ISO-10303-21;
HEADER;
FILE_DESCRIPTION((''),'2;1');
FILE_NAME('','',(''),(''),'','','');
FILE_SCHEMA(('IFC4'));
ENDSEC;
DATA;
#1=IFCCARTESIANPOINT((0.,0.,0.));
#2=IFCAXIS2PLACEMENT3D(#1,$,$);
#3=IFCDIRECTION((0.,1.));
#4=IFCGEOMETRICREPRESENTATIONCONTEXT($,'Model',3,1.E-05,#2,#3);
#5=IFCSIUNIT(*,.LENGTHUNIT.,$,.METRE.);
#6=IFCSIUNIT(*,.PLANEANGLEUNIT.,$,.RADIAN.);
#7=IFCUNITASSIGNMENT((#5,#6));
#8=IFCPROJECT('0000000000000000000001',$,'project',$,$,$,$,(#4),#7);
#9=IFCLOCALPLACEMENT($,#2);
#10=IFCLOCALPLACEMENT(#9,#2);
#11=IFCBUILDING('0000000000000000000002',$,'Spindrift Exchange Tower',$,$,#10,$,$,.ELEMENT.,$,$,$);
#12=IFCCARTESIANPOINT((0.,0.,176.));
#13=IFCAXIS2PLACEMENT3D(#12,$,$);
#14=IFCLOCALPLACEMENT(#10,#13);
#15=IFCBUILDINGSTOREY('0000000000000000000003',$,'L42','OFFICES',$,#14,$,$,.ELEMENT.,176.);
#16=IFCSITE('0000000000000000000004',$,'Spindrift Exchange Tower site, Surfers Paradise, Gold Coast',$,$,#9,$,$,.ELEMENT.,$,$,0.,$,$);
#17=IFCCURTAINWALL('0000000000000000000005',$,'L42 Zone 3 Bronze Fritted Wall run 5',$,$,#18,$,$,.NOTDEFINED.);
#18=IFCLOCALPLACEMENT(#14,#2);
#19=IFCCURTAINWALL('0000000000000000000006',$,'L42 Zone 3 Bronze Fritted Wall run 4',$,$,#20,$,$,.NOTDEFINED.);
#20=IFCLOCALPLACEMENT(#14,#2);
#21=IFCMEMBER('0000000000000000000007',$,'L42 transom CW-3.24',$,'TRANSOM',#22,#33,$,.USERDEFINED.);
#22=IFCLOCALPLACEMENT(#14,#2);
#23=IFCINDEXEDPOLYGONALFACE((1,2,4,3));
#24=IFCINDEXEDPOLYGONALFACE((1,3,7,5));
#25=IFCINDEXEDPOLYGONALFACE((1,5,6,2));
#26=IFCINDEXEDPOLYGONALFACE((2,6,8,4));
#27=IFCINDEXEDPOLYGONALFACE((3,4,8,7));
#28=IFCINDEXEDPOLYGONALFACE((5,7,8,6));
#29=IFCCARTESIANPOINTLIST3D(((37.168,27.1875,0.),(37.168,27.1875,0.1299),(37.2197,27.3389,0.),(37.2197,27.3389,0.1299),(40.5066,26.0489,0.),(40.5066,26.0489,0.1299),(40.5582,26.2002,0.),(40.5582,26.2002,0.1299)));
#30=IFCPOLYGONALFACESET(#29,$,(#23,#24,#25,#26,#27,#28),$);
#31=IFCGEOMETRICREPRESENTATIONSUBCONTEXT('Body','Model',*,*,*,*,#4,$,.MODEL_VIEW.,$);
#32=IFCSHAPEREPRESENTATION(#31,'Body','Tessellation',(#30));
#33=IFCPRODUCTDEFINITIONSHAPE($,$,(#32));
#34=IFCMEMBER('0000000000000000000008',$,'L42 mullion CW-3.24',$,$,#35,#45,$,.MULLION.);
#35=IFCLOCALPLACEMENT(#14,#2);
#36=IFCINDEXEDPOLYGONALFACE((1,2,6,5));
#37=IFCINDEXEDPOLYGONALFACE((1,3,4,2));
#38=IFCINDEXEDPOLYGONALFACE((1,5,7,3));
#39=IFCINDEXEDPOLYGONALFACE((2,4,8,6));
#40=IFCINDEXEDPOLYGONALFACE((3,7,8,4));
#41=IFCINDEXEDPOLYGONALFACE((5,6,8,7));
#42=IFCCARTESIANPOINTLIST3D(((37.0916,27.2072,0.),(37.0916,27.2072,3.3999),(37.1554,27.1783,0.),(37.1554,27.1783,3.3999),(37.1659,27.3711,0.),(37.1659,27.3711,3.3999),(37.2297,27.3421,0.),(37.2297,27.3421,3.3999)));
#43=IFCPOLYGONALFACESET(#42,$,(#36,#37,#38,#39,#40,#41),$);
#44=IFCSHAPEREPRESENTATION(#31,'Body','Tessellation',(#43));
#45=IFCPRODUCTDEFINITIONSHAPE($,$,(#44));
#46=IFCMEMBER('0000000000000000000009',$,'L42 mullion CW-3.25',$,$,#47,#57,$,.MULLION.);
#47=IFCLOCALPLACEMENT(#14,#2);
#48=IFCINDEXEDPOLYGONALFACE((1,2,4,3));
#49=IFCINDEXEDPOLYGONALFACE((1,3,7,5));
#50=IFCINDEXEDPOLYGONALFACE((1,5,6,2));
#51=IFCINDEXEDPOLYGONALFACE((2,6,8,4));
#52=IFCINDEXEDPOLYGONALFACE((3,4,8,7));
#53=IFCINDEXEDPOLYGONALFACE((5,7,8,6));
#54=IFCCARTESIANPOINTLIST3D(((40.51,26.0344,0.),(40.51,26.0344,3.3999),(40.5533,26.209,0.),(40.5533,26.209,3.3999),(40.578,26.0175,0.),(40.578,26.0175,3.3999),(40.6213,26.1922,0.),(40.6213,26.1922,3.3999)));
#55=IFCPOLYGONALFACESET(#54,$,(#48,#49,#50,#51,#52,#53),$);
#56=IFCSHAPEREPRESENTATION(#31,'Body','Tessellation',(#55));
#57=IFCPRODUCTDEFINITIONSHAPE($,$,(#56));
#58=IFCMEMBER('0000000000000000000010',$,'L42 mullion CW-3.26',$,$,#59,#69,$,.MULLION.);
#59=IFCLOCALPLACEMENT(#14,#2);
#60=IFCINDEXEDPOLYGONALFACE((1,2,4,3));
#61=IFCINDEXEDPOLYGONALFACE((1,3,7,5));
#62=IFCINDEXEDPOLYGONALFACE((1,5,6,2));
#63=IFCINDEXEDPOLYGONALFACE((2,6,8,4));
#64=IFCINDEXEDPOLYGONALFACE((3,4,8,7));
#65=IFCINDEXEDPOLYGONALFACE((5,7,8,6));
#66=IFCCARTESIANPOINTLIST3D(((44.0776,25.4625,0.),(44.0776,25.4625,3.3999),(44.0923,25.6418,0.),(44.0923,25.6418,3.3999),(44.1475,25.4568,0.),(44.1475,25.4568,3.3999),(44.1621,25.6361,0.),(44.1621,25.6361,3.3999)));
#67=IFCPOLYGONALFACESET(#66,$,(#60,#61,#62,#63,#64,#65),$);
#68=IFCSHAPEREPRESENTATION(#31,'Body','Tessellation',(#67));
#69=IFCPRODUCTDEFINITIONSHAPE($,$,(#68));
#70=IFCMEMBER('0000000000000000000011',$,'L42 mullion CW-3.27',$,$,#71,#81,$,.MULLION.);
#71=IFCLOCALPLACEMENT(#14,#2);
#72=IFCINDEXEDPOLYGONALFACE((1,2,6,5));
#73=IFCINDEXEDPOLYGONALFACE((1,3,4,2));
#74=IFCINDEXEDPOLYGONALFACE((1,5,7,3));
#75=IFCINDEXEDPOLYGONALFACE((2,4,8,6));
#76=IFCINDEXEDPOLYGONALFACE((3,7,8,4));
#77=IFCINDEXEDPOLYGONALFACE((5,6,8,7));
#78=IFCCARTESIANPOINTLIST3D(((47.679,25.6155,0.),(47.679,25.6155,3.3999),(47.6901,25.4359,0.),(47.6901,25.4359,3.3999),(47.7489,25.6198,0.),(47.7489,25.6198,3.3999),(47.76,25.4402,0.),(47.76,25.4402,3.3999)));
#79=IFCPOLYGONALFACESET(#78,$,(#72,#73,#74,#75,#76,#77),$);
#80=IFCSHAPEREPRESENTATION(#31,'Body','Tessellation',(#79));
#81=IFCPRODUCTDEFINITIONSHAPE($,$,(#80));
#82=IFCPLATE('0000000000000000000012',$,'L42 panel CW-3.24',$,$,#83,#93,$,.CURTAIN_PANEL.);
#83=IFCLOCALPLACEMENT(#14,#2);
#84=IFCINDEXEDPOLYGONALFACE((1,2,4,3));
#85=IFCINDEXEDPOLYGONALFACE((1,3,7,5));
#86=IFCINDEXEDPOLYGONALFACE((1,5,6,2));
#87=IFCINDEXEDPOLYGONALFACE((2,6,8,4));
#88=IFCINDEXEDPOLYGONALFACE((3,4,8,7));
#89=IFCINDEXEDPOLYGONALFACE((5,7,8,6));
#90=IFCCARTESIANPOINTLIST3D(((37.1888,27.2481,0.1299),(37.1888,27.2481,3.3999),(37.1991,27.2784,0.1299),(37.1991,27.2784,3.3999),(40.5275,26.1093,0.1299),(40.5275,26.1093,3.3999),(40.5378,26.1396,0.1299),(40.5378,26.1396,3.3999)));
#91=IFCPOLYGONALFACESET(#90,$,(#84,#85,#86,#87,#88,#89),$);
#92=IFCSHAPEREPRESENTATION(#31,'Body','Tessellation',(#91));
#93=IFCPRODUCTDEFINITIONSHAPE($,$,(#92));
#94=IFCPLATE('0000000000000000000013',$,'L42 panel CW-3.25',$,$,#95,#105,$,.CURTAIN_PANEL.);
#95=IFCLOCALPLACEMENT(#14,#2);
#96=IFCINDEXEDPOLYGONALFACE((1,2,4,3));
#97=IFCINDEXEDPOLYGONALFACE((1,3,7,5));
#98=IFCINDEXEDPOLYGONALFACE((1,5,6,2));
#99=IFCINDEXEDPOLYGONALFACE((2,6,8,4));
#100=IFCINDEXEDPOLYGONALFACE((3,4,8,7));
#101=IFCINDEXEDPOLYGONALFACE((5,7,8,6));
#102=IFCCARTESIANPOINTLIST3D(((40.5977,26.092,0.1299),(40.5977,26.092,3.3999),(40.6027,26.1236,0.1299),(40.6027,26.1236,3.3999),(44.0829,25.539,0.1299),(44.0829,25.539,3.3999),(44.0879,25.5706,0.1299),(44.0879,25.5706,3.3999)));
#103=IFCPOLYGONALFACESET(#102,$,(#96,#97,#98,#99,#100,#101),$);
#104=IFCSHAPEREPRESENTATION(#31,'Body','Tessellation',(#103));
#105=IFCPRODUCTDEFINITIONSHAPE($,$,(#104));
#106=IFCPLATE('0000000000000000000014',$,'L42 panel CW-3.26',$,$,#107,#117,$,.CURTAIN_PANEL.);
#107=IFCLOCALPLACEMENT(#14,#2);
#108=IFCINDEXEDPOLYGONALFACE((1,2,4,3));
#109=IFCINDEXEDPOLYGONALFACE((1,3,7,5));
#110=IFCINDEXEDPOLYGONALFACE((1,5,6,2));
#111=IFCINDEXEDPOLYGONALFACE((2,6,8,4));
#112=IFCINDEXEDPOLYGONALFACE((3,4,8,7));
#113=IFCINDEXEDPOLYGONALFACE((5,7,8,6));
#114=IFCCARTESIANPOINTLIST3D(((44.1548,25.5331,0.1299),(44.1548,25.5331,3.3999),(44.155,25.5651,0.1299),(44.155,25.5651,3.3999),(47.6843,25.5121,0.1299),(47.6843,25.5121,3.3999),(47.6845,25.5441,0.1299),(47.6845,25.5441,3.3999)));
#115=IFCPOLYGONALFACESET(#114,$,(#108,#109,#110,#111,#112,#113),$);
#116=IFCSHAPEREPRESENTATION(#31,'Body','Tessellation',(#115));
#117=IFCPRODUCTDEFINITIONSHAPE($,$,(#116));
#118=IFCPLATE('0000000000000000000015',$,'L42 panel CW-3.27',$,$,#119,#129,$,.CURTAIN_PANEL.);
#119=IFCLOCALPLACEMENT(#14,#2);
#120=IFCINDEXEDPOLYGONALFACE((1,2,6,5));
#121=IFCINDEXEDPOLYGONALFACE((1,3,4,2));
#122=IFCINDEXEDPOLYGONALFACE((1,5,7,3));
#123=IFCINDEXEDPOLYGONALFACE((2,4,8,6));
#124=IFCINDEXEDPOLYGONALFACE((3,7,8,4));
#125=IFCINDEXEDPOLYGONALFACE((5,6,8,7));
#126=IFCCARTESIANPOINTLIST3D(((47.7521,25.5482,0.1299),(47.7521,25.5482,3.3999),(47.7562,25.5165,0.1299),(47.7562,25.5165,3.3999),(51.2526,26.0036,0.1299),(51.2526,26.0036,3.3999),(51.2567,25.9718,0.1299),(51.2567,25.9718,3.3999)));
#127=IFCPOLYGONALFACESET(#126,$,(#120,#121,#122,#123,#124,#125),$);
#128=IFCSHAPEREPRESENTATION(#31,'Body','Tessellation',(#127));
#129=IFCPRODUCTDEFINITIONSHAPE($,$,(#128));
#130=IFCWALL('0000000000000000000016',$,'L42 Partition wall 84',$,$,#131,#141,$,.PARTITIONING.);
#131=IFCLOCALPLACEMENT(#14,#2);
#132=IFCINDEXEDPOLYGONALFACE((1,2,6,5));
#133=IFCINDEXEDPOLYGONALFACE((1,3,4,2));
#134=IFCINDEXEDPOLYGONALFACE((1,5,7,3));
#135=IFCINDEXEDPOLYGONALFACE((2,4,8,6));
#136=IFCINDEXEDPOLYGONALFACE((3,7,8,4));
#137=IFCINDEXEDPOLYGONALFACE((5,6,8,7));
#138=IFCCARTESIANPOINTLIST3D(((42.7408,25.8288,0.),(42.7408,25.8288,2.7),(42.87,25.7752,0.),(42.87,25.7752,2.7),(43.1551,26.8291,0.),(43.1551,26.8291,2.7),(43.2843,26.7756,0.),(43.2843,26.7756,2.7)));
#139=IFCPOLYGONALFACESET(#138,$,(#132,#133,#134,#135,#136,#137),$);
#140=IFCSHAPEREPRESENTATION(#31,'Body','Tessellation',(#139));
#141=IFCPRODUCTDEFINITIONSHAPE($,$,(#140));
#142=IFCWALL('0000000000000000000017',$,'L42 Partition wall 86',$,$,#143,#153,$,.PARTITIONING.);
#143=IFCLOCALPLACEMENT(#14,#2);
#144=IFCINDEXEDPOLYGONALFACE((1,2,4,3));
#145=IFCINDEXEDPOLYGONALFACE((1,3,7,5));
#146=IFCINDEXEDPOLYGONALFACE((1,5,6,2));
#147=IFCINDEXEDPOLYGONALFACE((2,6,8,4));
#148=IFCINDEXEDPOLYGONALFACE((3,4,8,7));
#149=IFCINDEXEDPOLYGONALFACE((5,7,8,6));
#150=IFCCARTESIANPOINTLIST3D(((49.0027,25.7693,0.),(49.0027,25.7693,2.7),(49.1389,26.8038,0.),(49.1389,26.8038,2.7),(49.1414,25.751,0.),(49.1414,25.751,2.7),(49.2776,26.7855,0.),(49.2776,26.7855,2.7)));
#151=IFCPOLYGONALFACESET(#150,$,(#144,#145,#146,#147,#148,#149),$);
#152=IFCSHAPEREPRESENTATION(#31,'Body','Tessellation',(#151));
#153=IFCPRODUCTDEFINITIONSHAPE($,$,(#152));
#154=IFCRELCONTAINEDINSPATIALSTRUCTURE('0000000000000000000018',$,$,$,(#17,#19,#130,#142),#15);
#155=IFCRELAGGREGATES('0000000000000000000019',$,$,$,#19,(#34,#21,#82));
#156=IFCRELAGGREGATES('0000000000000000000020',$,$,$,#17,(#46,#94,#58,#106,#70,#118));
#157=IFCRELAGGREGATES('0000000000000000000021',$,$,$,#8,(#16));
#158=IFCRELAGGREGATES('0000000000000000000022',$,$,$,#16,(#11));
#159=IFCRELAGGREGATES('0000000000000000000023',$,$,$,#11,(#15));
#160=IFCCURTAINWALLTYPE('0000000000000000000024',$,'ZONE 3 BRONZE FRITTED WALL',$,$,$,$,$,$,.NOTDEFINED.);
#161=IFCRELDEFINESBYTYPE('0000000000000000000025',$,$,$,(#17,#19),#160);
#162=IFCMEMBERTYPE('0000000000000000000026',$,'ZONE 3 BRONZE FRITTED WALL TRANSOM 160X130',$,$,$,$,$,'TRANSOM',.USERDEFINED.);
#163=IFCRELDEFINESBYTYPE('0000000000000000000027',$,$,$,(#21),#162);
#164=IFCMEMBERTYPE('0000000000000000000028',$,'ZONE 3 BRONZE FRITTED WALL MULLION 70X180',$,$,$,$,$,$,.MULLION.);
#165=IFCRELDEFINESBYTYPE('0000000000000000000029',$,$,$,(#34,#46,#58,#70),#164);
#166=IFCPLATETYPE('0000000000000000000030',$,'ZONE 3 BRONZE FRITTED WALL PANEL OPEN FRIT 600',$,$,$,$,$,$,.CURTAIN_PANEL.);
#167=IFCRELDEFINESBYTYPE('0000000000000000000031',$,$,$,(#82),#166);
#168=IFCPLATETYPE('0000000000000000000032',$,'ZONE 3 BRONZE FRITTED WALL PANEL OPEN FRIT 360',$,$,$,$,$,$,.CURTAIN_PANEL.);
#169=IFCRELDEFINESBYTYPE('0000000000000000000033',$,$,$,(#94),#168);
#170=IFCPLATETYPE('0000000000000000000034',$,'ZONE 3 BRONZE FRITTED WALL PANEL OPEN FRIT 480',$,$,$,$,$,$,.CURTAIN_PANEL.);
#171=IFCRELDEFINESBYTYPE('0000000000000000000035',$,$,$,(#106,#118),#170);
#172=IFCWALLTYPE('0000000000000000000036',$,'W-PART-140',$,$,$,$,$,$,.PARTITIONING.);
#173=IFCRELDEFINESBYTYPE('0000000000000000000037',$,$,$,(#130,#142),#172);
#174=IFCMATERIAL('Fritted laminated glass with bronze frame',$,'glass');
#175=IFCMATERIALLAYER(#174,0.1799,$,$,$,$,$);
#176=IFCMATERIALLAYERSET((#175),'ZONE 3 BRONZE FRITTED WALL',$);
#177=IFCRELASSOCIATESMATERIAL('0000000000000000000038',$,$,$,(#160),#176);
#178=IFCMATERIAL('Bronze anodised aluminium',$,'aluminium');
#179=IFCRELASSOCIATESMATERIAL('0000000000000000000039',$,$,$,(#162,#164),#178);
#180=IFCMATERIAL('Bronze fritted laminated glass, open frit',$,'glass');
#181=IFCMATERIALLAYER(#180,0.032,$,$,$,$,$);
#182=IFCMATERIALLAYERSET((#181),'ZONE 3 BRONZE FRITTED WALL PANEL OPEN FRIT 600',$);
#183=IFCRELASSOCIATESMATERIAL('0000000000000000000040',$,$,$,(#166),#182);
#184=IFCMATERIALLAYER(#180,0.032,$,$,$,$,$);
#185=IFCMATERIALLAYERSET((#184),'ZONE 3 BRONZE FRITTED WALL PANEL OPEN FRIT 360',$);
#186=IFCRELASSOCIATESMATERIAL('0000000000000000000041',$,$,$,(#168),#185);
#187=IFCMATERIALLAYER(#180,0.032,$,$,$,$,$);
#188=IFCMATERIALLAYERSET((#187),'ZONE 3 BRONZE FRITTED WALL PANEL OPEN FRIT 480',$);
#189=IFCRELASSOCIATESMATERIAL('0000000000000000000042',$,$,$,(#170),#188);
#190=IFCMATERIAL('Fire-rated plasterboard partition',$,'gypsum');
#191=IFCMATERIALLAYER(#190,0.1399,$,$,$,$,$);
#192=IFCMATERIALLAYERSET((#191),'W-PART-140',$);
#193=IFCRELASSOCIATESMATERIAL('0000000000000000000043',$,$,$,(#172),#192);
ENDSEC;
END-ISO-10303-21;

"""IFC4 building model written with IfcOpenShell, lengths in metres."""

from ifc_helpers import new_model, si_unit, direction, frame, frame_2d, origin, origin_2d, place, context, subcontext, project, spatial, rectangle, extrude, source, transform, mapped, material, layer, layer_set, material_profile, profile_set, type_object, element, aggregate, save


model = new_model("IFC4")

# Units and contexts
model_context = context("Model", 3, precision=1e-05, world=origin(), true_north=direction((0.0, 1.0)))
body_context = subcontext(model_context, "Body", "Model", "MODEL_VIEW")
ifc_project = project(units=[si_unit("LENGTHUNIT", "METRE"), si_unit("PLANEANGLEUNIT", "RADIAN")], contexts=[model_context])

# Site, building, storey
site_placement = place(None, origin())
site = spatial("IfcSite", under=ifc_project, at=site_placement, Name="Spindrift Exchange Tower site, Surfers Paradise, Gold Coast", CompositionType="ELEMENT", RefElevation=0.0)
building_placement = place(site_placement, origin())
building = spatial("IfcBuilding", under=site, at=building_placement, Name="Spindrift Exchange Tower", CompositionType="ELEMENT")
storey_placement = place(building_placement, frame((0.0, 0.0, 176.0)))
storey = spatial("IfcBuildingStorey", under=building, at=storey_placement, Name="L42", Description="OFFICES", CompositionType="ELEMENT", Elevation=176.0)

# Curtain walls, members
ifc_material_1 = material(Name="Fritted laminated glass with bronze frame", Category="glass")
ifc_layer_1 = layer(ifc_material_1, 0.1799)
ifc_layer_set_1 = layer_set([ifc_layer_1], Name="ZONE 3 BRONZE FRITTED WALL")
curtain_wall_type = type_object("IfcCurtainWallType", Name="ZONE 3 BRONZE FRITTED WALL", PredefinedType="NOTDEFINED", material=ifc_layer_set_1)
curtain_wall_1_placement = place(storey_placement, origin())
curtain_wall_1 = element("IfcCurtainWall", 1, at=curtain_wall_1_placement, inside=storey, type_object=curtain_wall_type, Name="L42 Zone 3 Bronze Fritted Wall run 5", PredefinedType="NOTDEFINED")
ifc_material_2 = material(Name="Bronze anodised aluminium", Category="aluminium")
ifc_material_profile_1 = material_profile(ifc_material_2, rectangle(XDim=0.1599, YDim=0.1299, at=origin_2d()), Name="ZONE 3 BRONZE FRITTED WALL TRANSOM 160X130")
ifc_profile_set_1 = profile_set([ifc_material_profile_1], Name="Bronze anodised aluminium")
member_type_1 = type_object("IfcMemberType", Name="ZONE 3 BRONZE FRITTED WALL TRANSOM 160X130", ElementType="TRANSOM", PredefinedType="USERDEFINED", material=ifc_profile_set_1)
curtain_wall_2_placement = place(storey_placement, origin())
curtain_wall_2 = element("IfcCurtainWall", 2, at=curtain_wall_2_placement, inside=storey, type_object=curtain_wall_type, Name="L42 Zone 3 Bronze Fritted Wall run 4", PredefinedType="NOTDEFINED")
shared_shape_1 = source(origin(), body_context, "Body", "SweptSolid", [
    extrude(rectangle(XDim=0.1599, YDim=0.1299, at=origin_2d()), origin(), (0.0, 0.0, 1.0), 3.5273),
])
member_1_placement = place(storey_placement, frame((37.1938, 27.2632, 0.0649), z_axis=(0.946466, -0.322802, 0.0), x_axis=(0.322802, 0.946466, 0.0)))
member_1 = element("IfcMember", 3, at=member_1_placement, type_object=member_type_1, Name="L42 transom CW-3.24", ObjectType="TRANSOM", PredefinedType="USERDEFINED", context=body_context, shape_type="MappedRepresentation", body=[
    mapped(shared_shape_1, transform((0.0, 0.0, 0.0), scale=1.0)),
])
ifc_material_profile_2 = material_profile(ifc_material_2, rectangle(XDim=0.0701, YDim=0.1799, at=origin_2d()), Name="ZONE 3 BRONZE FRITTED WALL MULLION 70X180")
ifc_profile_set_2 = profile_set([ifc_material_profile_2], Name="Bronze anodised aluminium")
member_type_2 = type_object("IfcMemberType", Name="ZONE 3 BRONZE FRITTED WALL MULLION 70X180", PredefinedType="MULLION", material=ifc_profile_set_2)
shared_shape_2 = source(origin(), body_context, "Body", "SweptSolid", [
    extrude(rectangle(XDim=0.0701, YDim=0.1799, at=origin_2d()), origin(), (0.0, 0.0, 1.0), 3.3999),
])
member_2_placement = place(storey_placement, frame((37.1606, 27.2747, 0.0), z_axis=(0.0, 0.0, 1.0), x_axis=(0.910847, -0.412743, 0.0)))
member_2 = element("IfcMember", 4, at=member_2_placement, type_object=member_type_2, Name="L42 mullion CW-3.24", PredefinedType="MULLION", context=body_context, shape_type="MappedRepresentation", body=[
    mapped(shared_shape_2, transform((0.0, 0.0, 0.0), scale=1.0)),
])

# Members
member_3_placement = place(storey_placement, frame((40.5657, 26.1133, 0.0), z_axis=(0.0, 0.0, 1.0), x_axis=(0.970614, -0.240644, 0.0)))
member_3 = element("IfcMember", 5, at=member_3_placement, type_object=member_type_2, Name="L42 mullion CW-3.25", PredefinedType="MULLION", context=body_context, shape_type="MappedRepresentation", body=[
    mapped(shared_shape_2, transform((0.0, 0.0, 0.0), scale=1.0)),
])
member_4_placement = place(storey_placement, frame((44.1199, 25.5493, 0.0), z_axis=(0.0, 0.0, 1.0), x_axis=(0.996669, -0.081555, 0.0)))
member_4 = element("IfcMember", 6, at=member_4_placement, type_object=member_type_2, Name="L42 mullion CW-3.26", PredefinedType="MULLION", context=body_context, shape_type="MappedRepresentation", body=[
    mapped(shared_shape_2, transform((0.0, 0.0, 0.0), scale=1.0)),
])
member_5_placement = place(storey_placement, frame((47.7195, 25.5278, 0.0), z_axis=(0.0, 0.0, 1.0), x_axis=(0.998097, 0.061669, 0.0)))
member_5 = element("IfcMember", 7, at=member_5_placement, type_object=member_type_2, Name="L42 mullion CW-3.27", PredefinedType="MULLION", context=body_context, shape_type="MappedRepresentation", body=[
    mapped(shared_shape_2, transform((0.0, 0.0, 0.0), scale=1.0)),
])

# Plates
ifc_material_3 = material(Name="Bronze fritted laminated glass, open frit", Category="glass")
ifc_layer_2 = layer(ifc_material_3, 0.032)
ifc_layer_set_2 = layer_set([ifc_layer_2], Name="ZONE 3 BRONZE FRITTED WALL PANEL OPEN FRIT 600")
plate_type_1 = type_object("IfcPlateType", Name="ZONE 3 BRONZE FRITTED WALL PANEL OPEN FRIT 600", PredefinedType="CURTAIN_PANEL", material=ifc_layer_set_2)
shared_shape_3 = source(origin(), body_context, "Body", "SweptSolid", [
    extrude(rectangle(XDim=3.5276, YDim=0.032, at=origin_2d()), origin(), (0.0, 0.0, 1.0), 3.27),
])
plate_1_placement = place(storey_placement, frame((38.8633, 26.6938, 0.1299), z_axis=(0.0, 0.0, 1.0), x_axis=(0.946459, -0.322824, 0.0)))
plate_1 = element("IfcPlate", 8, at=plate_1_placement, type_object=plate_type_1, Name="L42 panel CW-3.24", PredefinedType="CURTAIN_PANEL", context=body_context, shape_type="MappedRepresentation", body=[
    mapped(shared_shape_3, transform((0.0, 0.0, 0.0), scale=1.0)),
])
aggregate(curtain_wall_2, [member_2, member_1, plate_1])
ifc_layer_3 = layer(ifc_material_3, 0.032)
ifc_layer_set_3 = layer_set([ifc_layer_3], Name="ZONE 3 BRONZE FRITTED WALL PANEL OPEN FRIT 360")
plate_type_2 = type_object("IfcPlateType", Name="ZONE 3 BRONZE FRITTED WALL PANEL OPEN FRIT 360", PredefinedType="CURTAIN_PANEL", material=ifc_layer_set_3)
shared_shape_4 = source(origin(), body_context, "Body", "SweptSolid", [
    extrude(rectangle(XDim=3.5288, YDim=0.032, at=origin_2d()), origin(), (0.0, 0.0, 1.0), 3.27),
])
plate_2_placement = place(storey_placement, frame((42.3428, 25.8313, 0.1299), z_axis=(0.0, 0.0, 1.0), x_axis=(0.987647, -0.156698, 0.0)))
plate_2 = element("IfcPlate", 9, at=plate_2_placement, type_object=plate_type_2, Name="L42 panel CW-3.25", PredefinedType="CURTAIN_PANEL", context=body_context, shape_type="MappedRepresentation", body=[
    mapped(shared_shape_4, transform((0.0, 0.0, 0.0), scale=1.0)),
])
ifc_layer_4 = layer(ifc_material_3, 0.032)
ifc_layer_set_4 = layer_set([ifc_layer_4], Name="ZONE 3 BRONZE FRITTED WALL PANEL OPEN FRIT 480")
plate_type_3 = type_object("IfcPlateType", Name="ZONE 3 BRONZE FRITTED WALL PANEL OPEN FRIT 480", PredefinedType="CURTAIN_PANEL", material=ifc_layer_set_4)
shared_shape_5 = source(origin(), body_context, "Body", "SweptSolid", [
    extrude(rectangle(XDim=3.5295, YDim=0.032, at=origin_2d()), origin(), (0.0, 0.0, 1.0), 3.27),
])
plate_3_placement = place(storey_placement, frame((45.9197, 25.5386, 0.1299), z_axis=(0.0, 0.0, 1.0), x_axis=(0.999982, -0.005945, 0.0)))
plate_3 = element("IfcPlate", 10, at=plate_3_placement, type_object=plate_type_3, Name="L42 panel CW-3.26", PredefinedType="CURTAIN_PANEL", context=body_context, shape_type="MappedRepresentation", body=[
    mapped(shared_shape_5, transform((0.0, 0.0, 0.0), scale=1.0)),
])
shared_shape_6 = source(origin(), body_context, "Body", "SweptSolid", [
    extrude(rectangle(XDim=3.53, YDim=0.032, at=origin_2d()), origin(), (0.0, 0.0, 1.0), 3.27),
])
plate_4_placement = place(storey_placement, frame((49.5044, 25.76, 0.1299), z_axis=(0.0, 0.0, 1.0), x_axis=(0.991644, 0.129002, 0.0)))
plate_4 = element("IfcPlate", 11, at=plate_4_placement, type_object=plate_type_3, Name="L42 panel CW-3.27", PredefinedType="CURTAIN_PANEL", context=body_context, shape_type="MappedRepresentation", body=[
    mapped(shared_shape_6, transform((0.0, 0.0, 0.0), scale=1.0)),
])
aggregate(curtain_wall_1, [member_3, plate_2, member_4, plate_3, member_5, plate_4])

# Walls
ifc_material_4 = material(Name="Fire-rated plasterboard partition", Category="gypsum")
ifc_layer_5 = layer(ifc_material_4, 0.1399)
ifc_layer_set_5 = layer_set([ifc_layer_5], Name="W-PART-140")
wall_type = type_object("IfcWallType", Name="W-PART-140", PredefinedType="PARTITIONING", material=ifc_layer_set_5)
wall_1_placement = place(storey_placement, frame((43.2197, 26.8025, 0.0), z_axis=(0.0, 0.0, 1.0), x_axis=(-0.382597, -0.923915, 0.0)))
element("IfcWall", 12, at=wall_1_placement, inside=storey, type_object=wall_type, Name="L42 Partition wall 84", PredefinedType="PARTITIONING", context=body_context, shape_type="SweptSolid", body=[
    extrude(rectangle(XDim=1.0828, YDim=0.1399, at=frame_2d((0.5415, 0.0))), origin(), (0.0, 0.0, 1.0), 2.7),
])
wall_2_placement = place(storey_placement, frame((49.2083, 26.7947, 0.0), z_axis=(0.0, 0.0, 1.0), x_axis=(-0.13057, -0.991439, 0.0)))
element("IfcWall", 13, at=wall_2_placement, inside=storey, type_object=wall_type, Name="L42 Partition wall 86", PredefinedType="PARTITIONING", context=body_context, shape_type="SweptSolid", body=[
    extrude(rectangle(XDim=1.0435, YDim=0.1399, at=frame_2d((0.5217, 0.0))), origin(), (0.0, 0.0, 1.0), 2.7),
])

save(model, "model.ifc")
